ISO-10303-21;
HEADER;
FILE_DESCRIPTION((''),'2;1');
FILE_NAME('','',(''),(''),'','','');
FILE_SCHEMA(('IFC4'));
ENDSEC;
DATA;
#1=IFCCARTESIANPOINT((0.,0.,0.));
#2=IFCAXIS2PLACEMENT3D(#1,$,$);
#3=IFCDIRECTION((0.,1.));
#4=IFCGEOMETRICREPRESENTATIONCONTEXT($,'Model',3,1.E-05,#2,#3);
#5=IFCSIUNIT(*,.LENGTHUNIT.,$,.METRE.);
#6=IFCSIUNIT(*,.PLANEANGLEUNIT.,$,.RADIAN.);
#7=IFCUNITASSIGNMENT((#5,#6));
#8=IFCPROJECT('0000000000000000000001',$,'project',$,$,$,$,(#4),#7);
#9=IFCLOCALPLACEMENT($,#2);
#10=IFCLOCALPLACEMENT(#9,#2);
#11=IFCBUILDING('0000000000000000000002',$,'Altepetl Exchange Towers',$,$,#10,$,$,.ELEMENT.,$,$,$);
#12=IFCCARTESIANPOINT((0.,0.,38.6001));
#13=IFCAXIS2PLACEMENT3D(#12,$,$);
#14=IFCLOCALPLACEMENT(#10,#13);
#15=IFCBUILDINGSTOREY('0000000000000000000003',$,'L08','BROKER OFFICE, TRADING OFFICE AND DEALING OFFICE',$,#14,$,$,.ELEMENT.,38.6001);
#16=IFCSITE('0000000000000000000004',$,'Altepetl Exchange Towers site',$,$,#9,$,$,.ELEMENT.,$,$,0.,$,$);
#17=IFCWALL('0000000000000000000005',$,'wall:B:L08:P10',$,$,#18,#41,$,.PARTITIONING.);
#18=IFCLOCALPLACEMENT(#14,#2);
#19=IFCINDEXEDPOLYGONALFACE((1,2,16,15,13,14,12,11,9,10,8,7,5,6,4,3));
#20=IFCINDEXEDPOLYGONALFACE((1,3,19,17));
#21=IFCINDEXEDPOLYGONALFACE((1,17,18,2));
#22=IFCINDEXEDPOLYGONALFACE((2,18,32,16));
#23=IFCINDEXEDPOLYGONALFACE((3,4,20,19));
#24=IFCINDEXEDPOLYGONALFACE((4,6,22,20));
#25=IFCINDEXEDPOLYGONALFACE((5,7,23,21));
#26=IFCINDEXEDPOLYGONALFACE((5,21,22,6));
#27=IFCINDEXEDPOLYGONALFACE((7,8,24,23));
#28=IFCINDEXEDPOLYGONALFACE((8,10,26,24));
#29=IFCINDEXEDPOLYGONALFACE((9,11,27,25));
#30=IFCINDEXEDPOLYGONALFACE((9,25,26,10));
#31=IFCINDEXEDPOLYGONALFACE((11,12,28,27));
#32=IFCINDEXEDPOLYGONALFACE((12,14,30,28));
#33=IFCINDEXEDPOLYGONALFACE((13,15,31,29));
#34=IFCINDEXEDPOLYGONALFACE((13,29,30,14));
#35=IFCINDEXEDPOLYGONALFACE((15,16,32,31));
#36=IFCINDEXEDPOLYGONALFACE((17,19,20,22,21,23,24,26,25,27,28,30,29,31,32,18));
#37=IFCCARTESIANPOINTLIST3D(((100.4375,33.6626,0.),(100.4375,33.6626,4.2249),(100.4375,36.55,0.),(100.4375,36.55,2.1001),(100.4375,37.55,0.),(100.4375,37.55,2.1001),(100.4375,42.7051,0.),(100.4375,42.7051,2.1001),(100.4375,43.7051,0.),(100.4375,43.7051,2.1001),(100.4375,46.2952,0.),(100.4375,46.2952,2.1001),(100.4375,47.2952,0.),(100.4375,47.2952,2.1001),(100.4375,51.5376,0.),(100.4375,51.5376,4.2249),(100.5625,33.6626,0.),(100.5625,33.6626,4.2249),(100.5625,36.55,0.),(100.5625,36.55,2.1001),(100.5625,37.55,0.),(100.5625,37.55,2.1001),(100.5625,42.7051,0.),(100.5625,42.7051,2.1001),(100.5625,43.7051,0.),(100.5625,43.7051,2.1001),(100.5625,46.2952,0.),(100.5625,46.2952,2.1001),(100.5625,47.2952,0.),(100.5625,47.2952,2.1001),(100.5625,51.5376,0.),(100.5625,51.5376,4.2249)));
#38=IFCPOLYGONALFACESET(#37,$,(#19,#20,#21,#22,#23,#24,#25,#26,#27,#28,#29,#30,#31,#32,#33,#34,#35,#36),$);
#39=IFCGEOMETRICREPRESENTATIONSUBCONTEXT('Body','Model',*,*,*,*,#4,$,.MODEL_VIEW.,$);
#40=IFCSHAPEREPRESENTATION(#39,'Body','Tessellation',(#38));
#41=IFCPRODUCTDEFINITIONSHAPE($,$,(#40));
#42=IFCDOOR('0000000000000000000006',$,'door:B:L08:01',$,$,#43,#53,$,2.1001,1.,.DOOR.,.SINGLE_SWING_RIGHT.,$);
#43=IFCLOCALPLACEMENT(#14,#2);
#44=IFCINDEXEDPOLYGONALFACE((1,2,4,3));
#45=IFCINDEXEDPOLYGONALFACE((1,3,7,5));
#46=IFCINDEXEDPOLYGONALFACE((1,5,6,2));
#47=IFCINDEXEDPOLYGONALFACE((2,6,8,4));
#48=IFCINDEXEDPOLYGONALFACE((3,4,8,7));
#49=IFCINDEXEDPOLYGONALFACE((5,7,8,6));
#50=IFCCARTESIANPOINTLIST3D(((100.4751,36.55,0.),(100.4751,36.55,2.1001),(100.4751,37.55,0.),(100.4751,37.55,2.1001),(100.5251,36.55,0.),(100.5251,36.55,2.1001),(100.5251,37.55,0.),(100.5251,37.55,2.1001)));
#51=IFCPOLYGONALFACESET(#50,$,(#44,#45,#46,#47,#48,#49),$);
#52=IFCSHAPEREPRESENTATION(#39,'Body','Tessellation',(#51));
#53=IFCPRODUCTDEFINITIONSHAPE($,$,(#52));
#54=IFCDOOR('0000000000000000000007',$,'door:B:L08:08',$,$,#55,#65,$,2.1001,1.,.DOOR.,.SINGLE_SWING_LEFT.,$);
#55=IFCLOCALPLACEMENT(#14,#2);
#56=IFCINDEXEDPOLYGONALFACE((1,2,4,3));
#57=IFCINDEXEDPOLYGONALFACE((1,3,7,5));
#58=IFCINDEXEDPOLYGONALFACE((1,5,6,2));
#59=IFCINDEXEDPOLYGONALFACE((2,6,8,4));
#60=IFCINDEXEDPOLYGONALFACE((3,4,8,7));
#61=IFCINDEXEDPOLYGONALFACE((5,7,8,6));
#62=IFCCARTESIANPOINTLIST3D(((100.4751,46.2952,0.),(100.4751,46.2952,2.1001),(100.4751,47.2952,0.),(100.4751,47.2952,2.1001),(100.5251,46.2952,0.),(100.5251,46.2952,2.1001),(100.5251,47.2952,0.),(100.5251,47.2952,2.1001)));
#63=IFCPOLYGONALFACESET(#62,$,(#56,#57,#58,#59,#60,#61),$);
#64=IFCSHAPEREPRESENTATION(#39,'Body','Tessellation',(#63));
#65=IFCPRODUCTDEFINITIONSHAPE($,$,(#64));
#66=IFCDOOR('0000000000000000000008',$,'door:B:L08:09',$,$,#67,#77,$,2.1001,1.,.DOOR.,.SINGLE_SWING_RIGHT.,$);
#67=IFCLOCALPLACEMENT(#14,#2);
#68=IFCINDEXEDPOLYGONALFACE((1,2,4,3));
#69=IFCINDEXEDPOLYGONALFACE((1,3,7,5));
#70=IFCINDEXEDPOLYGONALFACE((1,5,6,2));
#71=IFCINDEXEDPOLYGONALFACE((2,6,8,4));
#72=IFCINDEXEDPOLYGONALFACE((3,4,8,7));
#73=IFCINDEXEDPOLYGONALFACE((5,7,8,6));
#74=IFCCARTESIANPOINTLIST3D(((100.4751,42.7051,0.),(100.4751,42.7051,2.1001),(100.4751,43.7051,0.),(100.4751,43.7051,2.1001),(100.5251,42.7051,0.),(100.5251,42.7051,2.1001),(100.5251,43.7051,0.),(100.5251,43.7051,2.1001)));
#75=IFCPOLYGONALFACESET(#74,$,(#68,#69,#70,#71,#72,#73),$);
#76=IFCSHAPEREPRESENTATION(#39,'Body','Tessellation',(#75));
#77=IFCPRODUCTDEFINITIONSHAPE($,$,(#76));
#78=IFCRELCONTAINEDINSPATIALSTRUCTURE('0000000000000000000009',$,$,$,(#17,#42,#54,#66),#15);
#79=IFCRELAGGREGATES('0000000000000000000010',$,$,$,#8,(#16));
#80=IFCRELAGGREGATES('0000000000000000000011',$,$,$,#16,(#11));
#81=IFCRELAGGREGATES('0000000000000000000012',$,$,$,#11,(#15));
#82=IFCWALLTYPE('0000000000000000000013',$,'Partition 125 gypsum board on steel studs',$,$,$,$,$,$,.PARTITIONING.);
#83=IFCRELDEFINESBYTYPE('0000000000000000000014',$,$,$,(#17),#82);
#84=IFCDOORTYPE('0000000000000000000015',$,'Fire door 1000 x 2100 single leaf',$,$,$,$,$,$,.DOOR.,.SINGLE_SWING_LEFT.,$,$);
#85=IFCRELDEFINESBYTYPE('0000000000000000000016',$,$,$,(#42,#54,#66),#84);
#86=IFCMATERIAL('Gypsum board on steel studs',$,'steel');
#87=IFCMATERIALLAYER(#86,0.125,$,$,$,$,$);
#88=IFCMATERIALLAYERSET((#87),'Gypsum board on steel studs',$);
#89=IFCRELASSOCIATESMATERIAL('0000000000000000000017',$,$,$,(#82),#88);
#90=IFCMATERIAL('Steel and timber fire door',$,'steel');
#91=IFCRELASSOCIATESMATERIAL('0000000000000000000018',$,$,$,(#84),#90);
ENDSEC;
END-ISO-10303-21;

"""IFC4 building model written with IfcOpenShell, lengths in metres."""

from ifc_helpers import new_model, si_unit, direction, frame, frame_2d, origin, place, context, subcontext, project, spatial, rectangle, extrude, material, layer, layer_set, type_object, element, fill, save


model = new_model("IFC4")

# Units and contexts
model_context = context("Model", 3, precision=1e-05, world=origin(), true_north=direction((0.0, 1.0)))
body_context = subcontext(model_context, "Body", "Model", "MODEL_VIEW")
ifc_project = project(units=[si_unit("LENGTHUNIT", "METRE"), si_unit("PLANEANGLEUNIT", "RADIAN")], contexts=[model_context])

# Site, building, storey
site_placement = place(None, origin())
site = spatial("IfcSite", under=ifc_project, at=site_placement, Name="Altepetl Exchange Towers site", CompositionType="ELEMENT", RefElevation=0.0)
building_placement = place(site_placement, origin())
building = spatial("IfcBuilding", under=site, at=building_placement, Name="Altepetl Exchange Towers", CompositionType="ELEMENT")
storey_placement = place(building_placement, frame((0.0, 0.0, 38.6001)))
storey = spatial("IfcBuildingStorey", under=building, at=storey_placement, Name="L08", Description="BROKER OFFICE, TRADING OFFICE AND DEALING OFFICE", CompositionType="ELEMENT", Elevation=38.6001)

# Shared definitions
ifc_material_1 = material(Name="Steel and timber fire door", Category="steel")
ifc_material_2 = material(Name="Gypsum board on steel studs", Category="steel")
ifc_layer_1 = layer(ifc_material_2, 0.125)
ifc_layer_set_1 = layer_set([ifc_layer_1], Name="Gypsum board on steel studs")
wall_type_1 = type_object("IfcWallType", Name="Partition 125 gypsum board on steel studs", PredefinedType="PARTITIONING", material=ifc_layer_set_1)
door_type_1 = type_object("IfcDoorType", Name="Fire door 1000 x 2100 single leaf", OperationType="SINGLE_SWING_LEFT", PredefinedType="DOOR", material=ifc_material_1)

# Wall, openings, doors
wall_1_placement = place(storey_placement, frame((100.5, 33.6626, 0.0), z_axis=(0.0, 0.0, 1.0), x_axis=(0.0, 1.0, 0.0)))
wall_1 = element("IfcWall", 1, at=wall_1_placement, inside=storey, type_object=wall_type_1, Name="wall:B:L08:P10", PredefinedType="PARTITIONING", context=body_context, shape_type="SweptSolid", body=[
    extrude(rectangle(XDim=17.875, YDim=0.125, at=frame_2d((8.9375, 0.0))), origin(), (0.0, 0.0, 1.0), 4.2249),
])
opening_1_placement = place(wall_1_placement, frame((2.8875, 0.0, 0.0)))
opening_1 = element("IfcOpeningElement", 2, at=opening_1_placement, cuts=wall_1, PredefinedType="OPENING", context=body_context, shape_type="SweptSolid", body=[
    extrude(rectangle(XDim=1.0, YDim=2.1001, at=frame_2d((0.5, 1.05))), frame((0.0, 0.0725, 0.0), z_axis=(0.0, -1.0, 0.0), x_axis=(1.0, 0.0, 0.0)), (0.0, 0.0, 1.0), 0.145),
])
opening_2_placement = place(wall_1_placement, frame((12.6326, 0.0, 0.0)))
opening_2 = element("IfcOpeningElement", 3, at=opening_2_placement, cuts=wall_1, PredefinedType="OPENING", context=body_context, shape_type="SweptSolid", body=[
    extrude(rectangle(XDim=1.0, YDim=2.1001, at=frame_2d((0.5, 1.05))), frame((0.0, 0.0725, 0.0), z_axis=(0.0, -1.0, 0.0), x_axis=(1.0, 0.0, 0.0)), (0.0, 0.0, 1.0), 0.145),
])
opening_3_placement = place(wall_1_placement, frame((9.0425, 0.0, 0.0)))
opening_3 = element("IfcOpeningElement", 4, at=opening_3_placement, cuts=wall_1, PredefinedType="OPENING", context=body_context, shape_type="SweptSolid", body=[
    extrude(rectangle(XDim=1.0, YDim=2.1001, at=frame_2d((0.5, 1.05))), frame((0.0, 0.0725, 0.0), z_axis=(0.0, -1.0, 0.0), x_axis=(1.0, 0.0, 0.0)), (0.0, 0.0, 1.0), 0.145),
])
door_1_placement = place(opening_1_placement, origin())
door_1 = element("IfcDoor", 5, at=door_1_placement, inside=storey, type_object=door_type_1, Name="door:B:L08:01", OperationType="SINGLE_SWING_RIGHT", OverallHeight=2.1001, OverallWidth=1.0, PredefinedType="DOOR", context=body_context, shape_type="SweptSolid", body=[
    extrude(rectangle(XDim=1.0, YDim=2.1001, at=frame_2d((0.5, 1.05))), frame((0.0, 0.0249, 0.0), z_axis=(0.0, -1.0, 0.0), x_axis=(1.0, 0.0, 0.0)), (0.0, 0.0, 1.0), 0.05),
])
fill(opening_1, door_1)
door_2_placement = place(opening_2_placement, origin())
door_2 = element("IfcDoor", 6, at=door_2_placement, inside=storey, type_object=door_type_1, Name="door:B:L08:08", OperationType="SINGLE_SWING_LEFT", OverallHeight=2.1001, OverallWidth=1.0, PredefinedType="DOOR", context=body_context, shape_type="SweptSolid", body=[
    extrude(rectangle(XDim=1.0, YDim=2.1001, at=frame_2d((0.5, 1.05))), frame((0.0, 0.0249, 0.0), z_axis=(0.0, -1.0, 0.0), x_axis=(1.0, 0.0, 0.0)), (0.0, 0.0, 1.0), 0.05),
])
fill(opening_2, door_2)
door_3_placement = place(opening_3_placement, origin())
door_3 = element("IfcDoor", 7, at=door_3_placement, inside=storey, type_object=door_type_1, Name="door:B:L08:09", OperationType="SINGLE_SWING_RIGHT", OverallHeight=2.1001, OverallWidth=1.0, PredefinedType="DOOR", context=body_context, shape_type="SweptSolid", body=[
    extrude(rectangle(XDim=1.0, YDim=2.1001, at=frame_2d((0.5, 1.05))), frame((0.0, 0.0249, 0.0), z_axis=(0.0, -1.0, 0.0), x_axis=(1.0, 0.0, 0.0)), (0.0, 0.0, 1.0), 0.05),
])
fill(opening_3, door_3)

save(model, "model.ifc")
